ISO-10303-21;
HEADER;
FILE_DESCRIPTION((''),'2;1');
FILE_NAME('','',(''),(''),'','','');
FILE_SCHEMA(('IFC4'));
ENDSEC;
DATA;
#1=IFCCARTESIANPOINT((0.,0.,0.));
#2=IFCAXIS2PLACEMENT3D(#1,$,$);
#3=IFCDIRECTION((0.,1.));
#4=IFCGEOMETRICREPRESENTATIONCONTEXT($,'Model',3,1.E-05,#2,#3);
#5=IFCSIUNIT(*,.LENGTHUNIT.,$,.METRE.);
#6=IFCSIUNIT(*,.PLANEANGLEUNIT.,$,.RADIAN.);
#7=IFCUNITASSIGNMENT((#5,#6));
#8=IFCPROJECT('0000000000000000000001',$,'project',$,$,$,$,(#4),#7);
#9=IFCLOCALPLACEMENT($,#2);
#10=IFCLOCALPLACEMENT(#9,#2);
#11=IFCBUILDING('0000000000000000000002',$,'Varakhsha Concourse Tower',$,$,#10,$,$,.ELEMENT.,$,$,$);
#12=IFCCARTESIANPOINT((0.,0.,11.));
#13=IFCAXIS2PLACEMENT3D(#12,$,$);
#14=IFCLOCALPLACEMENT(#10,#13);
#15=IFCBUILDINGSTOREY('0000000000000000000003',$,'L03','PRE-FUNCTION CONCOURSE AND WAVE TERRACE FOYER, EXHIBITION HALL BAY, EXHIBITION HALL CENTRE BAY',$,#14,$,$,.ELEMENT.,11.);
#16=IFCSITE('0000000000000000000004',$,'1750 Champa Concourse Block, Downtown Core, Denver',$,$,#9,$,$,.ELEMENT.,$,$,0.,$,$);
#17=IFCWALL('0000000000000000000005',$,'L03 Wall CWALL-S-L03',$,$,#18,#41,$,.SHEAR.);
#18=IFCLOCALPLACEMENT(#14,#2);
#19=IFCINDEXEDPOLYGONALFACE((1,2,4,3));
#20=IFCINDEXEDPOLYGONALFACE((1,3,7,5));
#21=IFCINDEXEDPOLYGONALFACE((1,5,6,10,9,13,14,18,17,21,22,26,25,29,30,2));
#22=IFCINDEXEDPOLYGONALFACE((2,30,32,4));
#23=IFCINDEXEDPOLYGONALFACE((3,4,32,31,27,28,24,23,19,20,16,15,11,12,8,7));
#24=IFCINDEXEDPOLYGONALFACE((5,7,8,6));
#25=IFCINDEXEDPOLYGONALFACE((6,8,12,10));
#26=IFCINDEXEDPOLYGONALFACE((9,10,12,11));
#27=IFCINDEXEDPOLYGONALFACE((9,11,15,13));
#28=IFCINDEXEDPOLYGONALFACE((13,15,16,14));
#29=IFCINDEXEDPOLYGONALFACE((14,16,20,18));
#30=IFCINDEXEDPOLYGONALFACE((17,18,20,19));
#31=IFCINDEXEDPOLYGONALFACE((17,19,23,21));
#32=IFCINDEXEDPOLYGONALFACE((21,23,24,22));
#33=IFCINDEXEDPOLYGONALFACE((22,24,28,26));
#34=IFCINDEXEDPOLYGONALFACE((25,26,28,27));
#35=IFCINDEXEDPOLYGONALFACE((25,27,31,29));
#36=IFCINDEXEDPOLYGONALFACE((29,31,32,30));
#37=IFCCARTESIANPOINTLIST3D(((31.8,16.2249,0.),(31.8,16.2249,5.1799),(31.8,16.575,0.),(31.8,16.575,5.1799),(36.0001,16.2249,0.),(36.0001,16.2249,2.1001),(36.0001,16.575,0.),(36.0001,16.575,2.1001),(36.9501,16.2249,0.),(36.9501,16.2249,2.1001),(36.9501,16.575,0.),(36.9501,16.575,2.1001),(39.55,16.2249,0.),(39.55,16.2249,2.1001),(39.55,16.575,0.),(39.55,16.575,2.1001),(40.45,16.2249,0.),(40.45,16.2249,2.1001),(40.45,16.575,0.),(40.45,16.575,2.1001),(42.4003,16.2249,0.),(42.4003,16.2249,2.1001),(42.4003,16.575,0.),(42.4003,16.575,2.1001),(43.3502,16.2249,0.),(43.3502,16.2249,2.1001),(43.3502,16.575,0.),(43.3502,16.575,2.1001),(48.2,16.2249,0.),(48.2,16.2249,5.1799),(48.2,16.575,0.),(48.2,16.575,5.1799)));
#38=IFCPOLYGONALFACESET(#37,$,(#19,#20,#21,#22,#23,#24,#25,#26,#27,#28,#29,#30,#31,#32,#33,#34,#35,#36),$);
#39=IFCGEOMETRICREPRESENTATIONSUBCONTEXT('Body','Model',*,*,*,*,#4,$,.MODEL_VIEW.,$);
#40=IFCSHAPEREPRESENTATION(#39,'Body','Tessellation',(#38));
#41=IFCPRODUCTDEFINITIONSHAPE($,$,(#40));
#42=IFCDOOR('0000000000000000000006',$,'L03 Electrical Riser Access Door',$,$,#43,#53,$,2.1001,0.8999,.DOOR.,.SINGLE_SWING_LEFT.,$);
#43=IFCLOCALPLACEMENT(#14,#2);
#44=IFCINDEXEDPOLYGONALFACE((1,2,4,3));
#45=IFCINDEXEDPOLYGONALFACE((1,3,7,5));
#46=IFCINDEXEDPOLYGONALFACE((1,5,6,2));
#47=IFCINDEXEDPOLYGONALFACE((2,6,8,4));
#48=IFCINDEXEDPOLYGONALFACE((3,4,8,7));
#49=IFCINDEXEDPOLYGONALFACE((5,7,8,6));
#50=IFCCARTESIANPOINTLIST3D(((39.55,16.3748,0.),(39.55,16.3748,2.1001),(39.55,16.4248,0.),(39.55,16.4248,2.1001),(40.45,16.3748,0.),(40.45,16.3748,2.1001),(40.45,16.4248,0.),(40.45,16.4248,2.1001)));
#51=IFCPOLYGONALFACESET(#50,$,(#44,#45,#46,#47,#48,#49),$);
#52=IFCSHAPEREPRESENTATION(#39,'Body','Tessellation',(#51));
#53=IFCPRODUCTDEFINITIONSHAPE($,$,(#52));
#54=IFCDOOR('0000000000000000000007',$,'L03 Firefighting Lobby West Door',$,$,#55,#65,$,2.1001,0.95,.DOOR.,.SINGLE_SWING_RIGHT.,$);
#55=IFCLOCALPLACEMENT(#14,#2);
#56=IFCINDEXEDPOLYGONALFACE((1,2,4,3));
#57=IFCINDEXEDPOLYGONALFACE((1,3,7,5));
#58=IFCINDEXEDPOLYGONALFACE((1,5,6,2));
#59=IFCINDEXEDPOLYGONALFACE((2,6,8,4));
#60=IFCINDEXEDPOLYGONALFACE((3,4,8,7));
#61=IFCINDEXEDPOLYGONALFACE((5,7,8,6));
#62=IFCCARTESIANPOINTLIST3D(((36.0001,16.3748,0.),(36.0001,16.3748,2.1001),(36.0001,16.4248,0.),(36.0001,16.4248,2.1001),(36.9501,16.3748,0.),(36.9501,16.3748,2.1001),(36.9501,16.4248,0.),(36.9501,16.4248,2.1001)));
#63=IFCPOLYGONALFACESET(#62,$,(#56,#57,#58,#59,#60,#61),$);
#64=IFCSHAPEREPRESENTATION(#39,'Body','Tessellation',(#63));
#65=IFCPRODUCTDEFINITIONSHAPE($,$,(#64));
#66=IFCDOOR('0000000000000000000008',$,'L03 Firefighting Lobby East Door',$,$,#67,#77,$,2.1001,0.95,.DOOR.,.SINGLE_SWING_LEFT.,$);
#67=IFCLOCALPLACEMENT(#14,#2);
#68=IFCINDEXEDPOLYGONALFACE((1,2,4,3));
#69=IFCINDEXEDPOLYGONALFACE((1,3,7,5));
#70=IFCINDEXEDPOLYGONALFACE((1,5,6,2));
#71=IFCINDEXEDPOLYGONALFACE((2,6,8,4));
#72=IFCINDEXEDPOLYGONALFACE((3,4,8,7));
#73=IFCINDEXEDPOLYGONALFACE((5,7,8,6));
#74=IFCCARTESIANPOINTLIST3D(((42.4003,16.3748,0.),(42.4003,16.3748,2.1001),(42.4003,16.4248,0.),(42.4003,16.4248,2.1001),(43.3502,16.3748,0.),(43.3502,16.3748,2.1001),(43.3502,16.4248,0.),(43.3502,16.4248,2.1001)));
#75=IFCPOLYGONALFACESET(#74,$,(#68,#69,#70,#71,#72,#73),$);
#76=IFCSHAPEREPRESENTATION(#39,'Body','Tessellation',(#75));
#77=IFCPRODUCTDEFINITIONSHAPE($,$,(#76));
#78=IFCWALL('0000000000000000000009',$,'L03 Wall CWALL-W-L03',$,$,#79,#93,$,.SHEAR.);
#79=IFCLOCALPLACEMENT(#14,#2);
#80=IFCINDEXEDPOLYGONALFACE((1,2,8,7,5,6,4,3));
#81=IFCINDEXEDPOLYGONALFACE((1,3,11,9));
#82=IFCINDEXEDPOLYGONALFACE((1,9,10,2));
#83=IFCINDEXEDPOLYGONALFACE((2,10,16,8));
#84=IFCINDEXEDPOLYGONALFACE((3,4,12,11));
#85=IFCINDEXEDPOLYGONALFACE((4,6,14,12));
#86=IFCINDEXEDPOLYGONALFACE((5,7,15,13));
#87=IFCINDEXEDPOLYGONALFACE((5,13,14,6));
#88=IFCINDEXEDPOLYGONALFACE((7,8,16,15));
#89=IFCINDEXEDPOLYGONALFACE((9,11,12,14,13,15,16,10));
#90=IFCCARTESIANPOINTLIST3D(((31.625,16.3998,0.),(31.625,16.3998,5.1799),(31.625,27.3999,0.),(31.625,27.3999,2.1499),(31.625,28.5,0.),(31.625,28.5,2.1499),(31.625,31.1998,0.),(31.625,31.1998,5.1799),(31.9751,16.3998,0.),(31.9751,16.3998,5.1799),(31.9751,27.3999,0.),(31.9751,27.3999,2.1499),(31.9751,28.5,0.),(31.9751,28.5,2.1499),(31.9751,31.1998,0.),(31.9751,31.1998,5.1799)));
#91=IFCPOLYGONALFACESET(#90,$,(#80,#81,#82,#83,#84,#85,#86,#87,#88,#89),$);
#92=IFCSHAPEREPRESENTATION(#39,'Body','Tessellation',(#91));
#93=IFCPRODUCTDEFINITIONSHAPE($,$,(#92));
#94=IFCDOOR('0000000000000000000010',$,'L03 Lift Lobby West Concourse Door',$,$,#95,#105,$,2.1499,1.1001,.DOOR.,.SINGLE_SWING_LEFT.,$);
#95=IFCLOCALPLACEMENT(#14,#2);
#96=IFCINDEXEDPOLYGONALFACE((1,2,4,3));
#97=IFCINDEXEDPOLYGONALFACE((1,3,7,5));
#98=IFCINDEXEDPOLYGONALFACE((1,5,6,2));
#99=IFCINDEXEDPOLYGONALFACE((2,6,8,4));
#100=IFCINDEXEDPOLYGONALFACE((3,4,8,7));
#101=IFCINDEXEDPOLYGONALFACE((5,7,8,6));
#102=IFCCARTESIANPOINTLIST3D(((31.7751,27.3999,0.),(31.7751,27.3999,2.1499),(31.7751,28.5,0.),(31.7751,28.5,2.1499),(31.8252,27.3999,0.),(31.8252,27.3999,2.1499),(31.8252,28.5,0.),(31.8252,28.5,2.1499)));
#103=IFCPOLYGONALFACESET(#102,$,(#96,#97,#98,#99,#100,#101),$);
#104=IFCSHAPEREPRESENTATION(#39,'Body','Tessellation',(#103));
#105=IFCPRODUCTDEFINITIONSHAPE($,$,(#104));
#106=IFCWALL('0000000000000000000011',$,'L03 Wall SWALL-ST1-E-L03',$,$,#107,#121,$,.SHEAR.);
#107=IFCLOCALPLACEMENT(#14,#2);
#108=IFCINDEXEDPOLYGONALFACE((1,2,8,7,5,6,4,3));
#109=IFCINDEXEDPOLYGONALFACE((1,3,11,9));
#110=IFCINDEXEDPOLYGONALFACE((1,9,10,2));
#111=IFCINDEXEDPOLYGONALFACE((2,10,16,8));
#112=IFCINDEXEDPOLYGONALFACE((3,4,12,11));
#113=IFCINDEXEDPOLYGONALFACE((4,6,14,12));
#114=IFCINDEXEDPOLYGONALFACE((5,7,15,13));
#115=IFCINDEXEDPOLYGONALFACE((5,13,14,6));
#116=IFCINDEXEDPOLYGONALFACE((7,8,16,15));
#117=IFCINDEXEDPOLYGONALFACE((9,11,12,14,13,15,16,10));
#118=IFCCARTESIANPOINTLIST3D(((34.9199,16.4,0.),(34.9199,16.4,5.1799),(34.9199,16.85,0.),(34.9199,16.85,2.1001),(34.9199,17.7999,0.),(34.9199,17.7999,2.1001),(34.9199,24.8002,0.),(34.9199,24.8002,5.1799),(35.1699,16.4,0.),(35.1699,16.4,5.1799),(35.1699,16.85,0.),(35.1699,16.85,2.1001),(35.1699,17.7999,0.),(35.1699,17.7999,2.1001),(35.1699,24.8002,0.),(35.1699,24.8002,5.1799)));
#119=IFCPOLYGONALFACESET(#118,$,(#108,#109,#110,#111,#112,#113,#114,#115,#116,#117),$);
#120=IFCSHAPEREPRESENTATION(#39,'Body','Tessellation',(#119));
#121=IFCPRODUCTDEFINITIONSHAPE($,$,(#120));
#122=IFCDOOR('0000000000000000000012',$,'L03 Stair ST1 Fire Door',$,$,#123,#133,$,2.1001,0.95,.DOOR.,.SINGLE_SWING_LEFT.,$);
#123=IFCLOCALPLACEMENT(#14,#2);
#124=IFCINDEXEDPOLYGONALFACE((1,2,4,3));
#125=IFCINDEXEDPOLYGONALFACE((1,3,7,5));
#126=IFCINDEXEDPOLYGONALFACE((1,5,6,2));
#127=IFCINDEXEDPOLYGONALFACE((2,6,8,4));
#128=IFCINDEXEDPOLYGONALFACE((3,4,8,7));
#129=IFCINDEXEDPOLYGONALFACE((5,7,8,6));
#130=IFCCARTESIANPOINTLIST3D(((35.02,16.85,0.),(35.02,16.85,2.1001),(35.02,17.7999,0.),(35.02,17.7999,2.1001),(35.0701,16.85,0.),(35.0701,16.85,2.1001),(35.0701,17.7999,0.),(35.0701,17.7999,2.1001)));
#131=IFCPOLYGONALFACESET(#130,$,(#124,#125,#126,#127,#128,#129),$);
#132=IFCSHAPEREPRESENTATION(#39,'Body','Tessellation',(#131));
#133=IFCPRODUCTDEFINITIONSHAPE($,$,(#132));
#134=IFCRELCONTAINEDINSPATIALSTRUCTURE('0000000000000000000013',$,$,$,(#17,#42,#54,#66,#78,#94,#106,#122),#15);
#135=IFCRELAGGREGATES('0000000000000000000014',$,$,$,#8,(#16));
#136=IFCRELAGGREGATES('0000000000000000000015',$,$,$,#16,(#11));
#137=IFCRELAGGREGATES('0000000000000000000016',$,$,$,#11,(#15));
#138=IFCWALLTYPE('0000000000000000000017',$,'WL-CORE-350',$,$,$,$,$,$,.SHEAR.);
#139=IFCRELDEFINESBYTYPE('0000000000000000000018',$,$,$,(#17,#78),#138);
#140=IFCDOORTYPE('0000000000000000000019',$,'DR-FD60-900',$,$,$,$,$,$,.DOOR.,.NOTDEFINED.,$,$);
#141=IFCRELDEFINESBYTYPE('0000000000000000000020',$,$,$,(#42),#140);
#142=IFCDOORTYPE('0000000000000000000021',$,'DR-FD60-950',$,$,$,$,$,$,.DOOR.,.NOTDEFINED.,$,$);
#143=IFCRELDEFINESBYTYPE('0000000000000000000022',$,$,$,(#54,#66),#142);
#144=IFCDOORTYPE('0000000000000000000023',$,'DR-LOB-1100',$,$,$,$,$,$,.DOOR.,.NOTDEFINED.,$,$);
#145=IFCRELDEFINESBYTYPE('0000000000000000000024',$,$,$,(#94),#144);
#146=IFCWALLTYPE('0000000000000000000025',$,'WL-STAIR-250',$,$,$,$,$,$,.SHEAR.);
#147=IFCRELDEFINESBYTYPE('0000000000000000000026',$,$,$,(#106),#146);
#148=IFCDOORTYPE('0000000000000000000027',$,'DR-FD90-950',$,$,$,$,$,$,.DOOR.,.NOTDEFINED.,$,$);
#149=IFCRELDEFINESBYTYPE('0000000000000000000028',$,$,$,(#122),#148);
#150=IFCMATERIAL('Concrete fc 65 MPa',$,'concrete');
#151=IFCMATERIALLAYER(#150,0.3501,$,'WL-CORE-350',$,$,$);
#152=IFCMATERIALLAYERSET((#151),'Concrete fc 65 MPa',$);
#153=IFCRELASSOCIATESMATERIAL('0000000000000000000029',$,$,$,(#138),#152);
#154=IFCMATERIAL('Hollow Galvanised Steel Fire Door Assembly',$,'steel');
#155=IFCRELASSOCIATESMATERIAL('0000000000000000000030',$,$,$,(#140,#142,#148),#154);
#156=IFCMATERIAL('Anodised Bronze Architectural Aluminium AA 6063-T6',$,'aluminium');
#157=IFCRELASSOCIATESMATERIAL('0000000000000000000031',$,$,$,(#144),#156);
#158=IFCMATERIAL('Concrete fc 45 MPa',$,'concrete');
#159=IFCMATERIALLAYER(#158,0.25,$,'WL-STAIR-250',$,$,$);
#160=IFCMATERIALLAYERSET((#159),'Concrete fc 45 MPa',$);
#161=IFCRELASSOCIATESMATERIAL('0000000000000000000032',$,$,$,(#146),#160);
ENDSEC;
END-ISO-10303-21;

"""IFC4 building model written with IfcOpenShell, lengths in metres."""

from ifc_helpers import new_model, si_unit, direction, frame, frame_2d, origin, place, context, subcontext, project, spatial, rectangle, extrude, material, layer, layer_set, type_object, element, fill, save


model = new_model("IFC4")

# Units and contexts
model_context = context("Model", 3, precision=1e-05, world=origin(), true_north=direction((0.0, 1.0)))
body_context = subcontext(model_context, "Body", "Model", "MODEL_VIEW")
ifc_project = project(units=[si_unit("LENGTHUNIT", "METRE"), si_unit("PLANEANGLEUNIT", "RADIAN")], contexts=[model_context])

# Site, building, storey
site_placement = place(None, origin())
site = spatial("IfcSite", under=ifc_project, at=site_placement, Name="1750 Champa Concourse Block, Downtown Core, Denver", CompositionType="ELEMENT", RefElevation=0.0)
building_placement = place(site_placement, origin())
building = spatial("IfcBuilding", under=site, at=building_placement, Name="Varakhsha Concourse Tower", CompositionType="ELEMENT")
storey_placement = place(building_placement, frame((0.0, 0.0, 11.0)))
storey = spatial("IfcBuildingStorey", under=building, at=storey_placement, Name="L03", Description="PRE-FUNCTION CONCOURSE AND WAVE TERRACE FOYER, EXHIBITION HALL BAY, EXHIBITION HALL CENTRE BAY", CompositionType="ELEMENT", Elevation=11.0)

# Wall, openings, doors
ifc_material_1 = material(Name="Concrete fc 65 MPa", Category="concrete")
ifc_layer_1 = layer(ifc_material_1, 0.3501, Name="WL-CORE-350")
ifc_layer_set_1 = layer_set([ifc_layer_1], Name="Concrete fc 65 MPa")
wall_type_1 = type_object("IfcWallType", Name="WL-CORE-350", PredefinedType="SHEAR", material=ifc_layer_set_1)
wall_1_placement = place(storey_placement, frame((31.8, 16.3999, 0.0), z_axis=(0.0, 0.0, 1.0), x_axis=(1.0, 0.0, 0.0)))
wall_1 = element("IfcWall", 1, at=wall_1_placement, inside=storey, type_object=wall_type_1, Name="L03 Wall CWALL-S-L03", PredefinedType="SHEAR", context=body_context, shape_type="SweptSolid", body=[
    extrude(rectangle(XDim=16.3999, YDim=0.3501, at=frame_2d((8.2, 0.0))), origin(), (0.0, 0.0, 1.0), 5.1799),
])
opening_1_placement = place(wall_1_placement, frame((7.75, 0.0, 0.0)))
opening_1 = element("IfcOpeningElement", 2, at=opening_1_placement, cuts=wall_1, PredefinedType="OPENING", context=body_context, shape_type="SweptSolid", body=[
    extrude(rectangle(XDim=0.8999, YDim=2.1001, at=frame_2d((0.45, 1.05))), frame((0.0, 0.1851, 0.0), z_axis=(0.0, -1.0, 0.0), x_axis=(1.0, 0.0, 0.0)), (0.0, 0.0, 1.0), 0.3701),
])
opening_2_placement = place(wall_1_placement, frame((4.2, 0.0, 0.0)))
opening_2 = element("IfcOpeningElement", 3, at=opening_2_placement, cuts=wall_1, PredefinedType="OPENING", context=body_context, shape_type="SweptSolid", body=[
    extrude(rectangle(XDim=0.95, YDim=2.1001, at=frame_2d((0.4751, 1.05))), frame((0.0, 0.1851, 0.0), z_axis=(0.0, -1.0, 0.0), x_axis=(1.0, 0.0, 0.0)), (0.0, 0.0, 1.0), 0.3701),
])
opening_3_placement = place(wall_1_placement, frame((10.6001, 0.0, 0.0)))
opening_3 = element("IfcOpeningElement", 4, at=opening_3_placement, cuts=wall_1, PredefinedType="OPENING", context=body_context, shape_type="SweptSolid", body=[
    extrude(rectangle(XDim=0.95, YDim=2.1001, at=frame_2d((0.4751, 1.05))), frame((0.0, 0.1851, 0.0), z_axis=(0.0, -1.0, 0.0), x_axis=(1.0, 0.0, 0.0)), (0.0, 0.0, 1.0), 0.3701),
])
ifc_material_2 = material(Name="Hollow Galvanised Steel Fire Door Assembly", Category="steel")
door_type_1 = type_object("IfcDoorType", Name="DR-FD60-900", OperationType="NOTDEFINED", PredefinedType="DOOR", material=ifc_material_2)
door_1_placement = place(opening_1_placement, origin())
door_1 = element("IfcDoor", 5, at=door_1_placement, inside=storey, type_object=door_type_1, Name="L03 Electrical Riser Access Door", OperationType="SINGLE_SWING_LEFT", OverallHeight=2.1001, OverallWidth=0.8999, PredefinedType="DOOR", context=body_context, shape_type="SweptSolid", body=[
    extrude(rectangle(XDim=0.8999, YDim=2.1001, at=frame_2d((0.45, 1.05))), frame((0.0, 0.0249, 0.0), z_axis=(0.0, -1.0, 0.0), x_axis=(1.0, 0.0, 0.0)), (0.0, 0.0, 1.0), 0.05),
])
fill(opening_1, door_1)
door_type_2 = type_object("IfcDoorType", Name="DR-FD60-950", OperationType="NOTDEFINED", PredefinedType="DOOR", material=ifc_material_2)
door_2_placement = place(opening_2_placement, origin())
door_2 = element("IfcDoor", 6, at=door_2_placement, inside=storey, type_object=door_type_2, Name="L03 Firefighting Lobby West Door", OperationType="SINGLE_SWING_RIGHT", OverallHeight=2.1001, OverallWidth=0.95, PredefinedType="DOOR", context=body_context, shape_type="SweptSolid", body=[
    extrude(rectangle(XDim=0.95, YDim=2.1001, at=frame_2d((0.4751, 1.05))), frame((0.0, 0.0249, 0.0), z_axis=(0.0, -1.0, 0.0), x_axis=(1.0, 0.0, 0.0)), (0.0, 0.0, 1.0), 0.05),
])
fill(opening_2, door_2)
door_3_placement = place(opening_3_placement, origin())
door_3 = element("IfcDoor", 7, at=door_3_placement, inside=storey, type_object=door_type_2, Name="L03 Firefighting Lobby East Door", OperationType="SINGLE_SWING_LEFT", OverallHeight=2.1001, OverallWidth=0.95, PredefinedType="DOOR", context=body_context, shape_type="SweptSolid", body=[
    extrude(rectangle(XDim=0.95, YDim=2.1001, at=frame_2d((0.4751, 1.05))), frame((0.0, 0.0249, 0.0), z_axis=(0.0, -1.0, 0.0), x_axis=(1.0, 0.0, 0.0)), (0.0, 0.0, 1.0), 0.05),
])
fill(opening_3, door_3)

# Walls, openings, doors
wall_2_placement = place(storey_placement, frame((31.8, 16.3999, 0.0), z_axis=(0.0, 0.0, 1.0), x_axis=(0.0, 1.0, 0.0)))
wall_2 = element("IfcWall", 8, at=wall_2_placement, inside=storey, type_object=wall_type_1, Name="L03 Wall CWALL-W-L03", PredefinedType="SHEAR", context=body_context, shape_type="SweptSolid", body=[
    extrude(rectangle(XDim=14.8, YDim=0.3501, at=frame_2d((7.3999, 0.0))), origin(), (0.0, 0.0, 1.0), 5.1799),
])
opening_4_placement = place(wall_2_placement, frame((11.0, 0.0, 0.0)))
opening_4 = element("IfcOpeningElement", 9, at=opening_4_placement, cuts=wall_2, PredefinedType="OPENING", context=body_context, shape_type="SweptSolid", body=[
    extrude(rectangle(XDim=1.1001, YDim=2.1499, at=frame_2d((0.55, 1.075))), frame((0.0, 0.1851, 0.0), z_axis=(0.0, -1.0, 0.0), x_axis=(1.0, 0.0, 0.0)), (0.0, 0.0, 1.0), 0.3701),
])
ifc_material_3 = material(Name="Anodised Bronze Architectural Aluminium AA 6063-T6", Category="aluminium")
door_type_3 = type_object("IfcDoorType", Name="DR-LOB-1100", OperationType="NOTDEFINED", PredefinedType="DOOR", material=ifc_material_3)
door_4_placement = place(opening_4_placement, origin())
door_4 = element("IfcDoor", 10, at=door_4_placement, inside=storey, type_object=door_type_3, Name="L03 Lift Lobby West Concourse Door", OperationType="SINGLE_SWING_LEFT", OverallHeight=2.1499, OverallWidth=1.1001, PredefinedType="DOOR", context=body_context, shape_type="SweptSolid", body=[
    extrude(rectangle(XDim=1.1001, YDim=2.1499, at=frame_2d((0.55, 1.075))), frame((0.0, 0.0249, 0.0), z_axis=(0.0, -1.0, 0.0), x_axis=(1.0, 0.0, 0.0)), (0.0, 0.0, 1.0), 0.05),
])
fill(opening_4, door_4)
ifc_material_4 = material(Name="Concrete fc 45 MPa", Category="concrete")
ifc_layer_2 = layer(ifc_material_4, 0.25, Name="WL-STAIR-250")
ifc_layer_set_2 = layer_set([ifc_layer_2], Name="Concrete fc 45 MPa")
wall_type_2 = type_object("IfcWallType", Name="WL-STAIR-250", PredefinedType="SHEAR", material=ifc_layer_set_2)
wall_3_placement = place(storey_placement, frame((35.0449, 16.3999, 0.0), z_axis=(0.0, 0.0, 1.0), x_axis=(0.0, 1.0, 0.0)))
wall_3 = element("IfcWall", 11, at=wall_3_placement, inside=storey, type_object=wall_type_2, Name="L03 Wall SWALL-ST1-E-L03", PredefinedType="SHEAR", context=body_context, shape_type="SweptSolid", body=[
    extrude(rectangle(XDim=8.4001, YDim=0.25, at=frame_2d((4.2002, 0.0))), origin(), (0.0, 0.0, 1.0), 5.1799),
])
opening_5_placement = place(wall_3_placement, frame((0.45, 0.0, 0.0)))
opening_5 = element("IfcOpeningElement", 12, at=opening_5_placement, cuts=wall_3, PredefinedType="OPENING", context=body_context, shape_type="SweptSolid", body=[
    extrude(rectangle(XDim=0.95, YDim=2.1001, at=frame_2d((0.4751, 1.05))), frame((0.0, 0.135, 0.0), z_axis=(0.0, -1.0, 0.0), x_axis=(1.0, 0.0, 0.0)), (0.0, 0.0, 1.0), 0.27),
])
door_type_4 = type_object("IfcDoorType", Name="DR-FD90-950", OperationType="NOTDEFINED", PredefinedType="DOOR", material=ifc_material_2)
door_5_placement = place(opening_5_placement, origin())
door_5 = element("IfcDoor", 13, at=door_5_placement, inside=storey, type_object=door_type_4, Name="L03 Stair ST1 Fire Door", OperationType="SINGLE_SWING_LEFT", OverallHeight=2.1001, OverallWidth=0.95, PredefinedType="DOOR", context=body_context, shape_type="SweptSolid", body=[
    extrude(rectangle(XDim=0.95, YDim=2.1001, at=frame_2d((0.4751, 1.05))), frame((0.0, 0.0249, 0.0), z_axis=(0.0, -1.0, 0.0), x_axis=(1.0, 0.0, 0.0)), (0.0, 0.0, 1.0), 0.05),
])
fill(opening_5, door_5)

save(model, "model.ifc")
